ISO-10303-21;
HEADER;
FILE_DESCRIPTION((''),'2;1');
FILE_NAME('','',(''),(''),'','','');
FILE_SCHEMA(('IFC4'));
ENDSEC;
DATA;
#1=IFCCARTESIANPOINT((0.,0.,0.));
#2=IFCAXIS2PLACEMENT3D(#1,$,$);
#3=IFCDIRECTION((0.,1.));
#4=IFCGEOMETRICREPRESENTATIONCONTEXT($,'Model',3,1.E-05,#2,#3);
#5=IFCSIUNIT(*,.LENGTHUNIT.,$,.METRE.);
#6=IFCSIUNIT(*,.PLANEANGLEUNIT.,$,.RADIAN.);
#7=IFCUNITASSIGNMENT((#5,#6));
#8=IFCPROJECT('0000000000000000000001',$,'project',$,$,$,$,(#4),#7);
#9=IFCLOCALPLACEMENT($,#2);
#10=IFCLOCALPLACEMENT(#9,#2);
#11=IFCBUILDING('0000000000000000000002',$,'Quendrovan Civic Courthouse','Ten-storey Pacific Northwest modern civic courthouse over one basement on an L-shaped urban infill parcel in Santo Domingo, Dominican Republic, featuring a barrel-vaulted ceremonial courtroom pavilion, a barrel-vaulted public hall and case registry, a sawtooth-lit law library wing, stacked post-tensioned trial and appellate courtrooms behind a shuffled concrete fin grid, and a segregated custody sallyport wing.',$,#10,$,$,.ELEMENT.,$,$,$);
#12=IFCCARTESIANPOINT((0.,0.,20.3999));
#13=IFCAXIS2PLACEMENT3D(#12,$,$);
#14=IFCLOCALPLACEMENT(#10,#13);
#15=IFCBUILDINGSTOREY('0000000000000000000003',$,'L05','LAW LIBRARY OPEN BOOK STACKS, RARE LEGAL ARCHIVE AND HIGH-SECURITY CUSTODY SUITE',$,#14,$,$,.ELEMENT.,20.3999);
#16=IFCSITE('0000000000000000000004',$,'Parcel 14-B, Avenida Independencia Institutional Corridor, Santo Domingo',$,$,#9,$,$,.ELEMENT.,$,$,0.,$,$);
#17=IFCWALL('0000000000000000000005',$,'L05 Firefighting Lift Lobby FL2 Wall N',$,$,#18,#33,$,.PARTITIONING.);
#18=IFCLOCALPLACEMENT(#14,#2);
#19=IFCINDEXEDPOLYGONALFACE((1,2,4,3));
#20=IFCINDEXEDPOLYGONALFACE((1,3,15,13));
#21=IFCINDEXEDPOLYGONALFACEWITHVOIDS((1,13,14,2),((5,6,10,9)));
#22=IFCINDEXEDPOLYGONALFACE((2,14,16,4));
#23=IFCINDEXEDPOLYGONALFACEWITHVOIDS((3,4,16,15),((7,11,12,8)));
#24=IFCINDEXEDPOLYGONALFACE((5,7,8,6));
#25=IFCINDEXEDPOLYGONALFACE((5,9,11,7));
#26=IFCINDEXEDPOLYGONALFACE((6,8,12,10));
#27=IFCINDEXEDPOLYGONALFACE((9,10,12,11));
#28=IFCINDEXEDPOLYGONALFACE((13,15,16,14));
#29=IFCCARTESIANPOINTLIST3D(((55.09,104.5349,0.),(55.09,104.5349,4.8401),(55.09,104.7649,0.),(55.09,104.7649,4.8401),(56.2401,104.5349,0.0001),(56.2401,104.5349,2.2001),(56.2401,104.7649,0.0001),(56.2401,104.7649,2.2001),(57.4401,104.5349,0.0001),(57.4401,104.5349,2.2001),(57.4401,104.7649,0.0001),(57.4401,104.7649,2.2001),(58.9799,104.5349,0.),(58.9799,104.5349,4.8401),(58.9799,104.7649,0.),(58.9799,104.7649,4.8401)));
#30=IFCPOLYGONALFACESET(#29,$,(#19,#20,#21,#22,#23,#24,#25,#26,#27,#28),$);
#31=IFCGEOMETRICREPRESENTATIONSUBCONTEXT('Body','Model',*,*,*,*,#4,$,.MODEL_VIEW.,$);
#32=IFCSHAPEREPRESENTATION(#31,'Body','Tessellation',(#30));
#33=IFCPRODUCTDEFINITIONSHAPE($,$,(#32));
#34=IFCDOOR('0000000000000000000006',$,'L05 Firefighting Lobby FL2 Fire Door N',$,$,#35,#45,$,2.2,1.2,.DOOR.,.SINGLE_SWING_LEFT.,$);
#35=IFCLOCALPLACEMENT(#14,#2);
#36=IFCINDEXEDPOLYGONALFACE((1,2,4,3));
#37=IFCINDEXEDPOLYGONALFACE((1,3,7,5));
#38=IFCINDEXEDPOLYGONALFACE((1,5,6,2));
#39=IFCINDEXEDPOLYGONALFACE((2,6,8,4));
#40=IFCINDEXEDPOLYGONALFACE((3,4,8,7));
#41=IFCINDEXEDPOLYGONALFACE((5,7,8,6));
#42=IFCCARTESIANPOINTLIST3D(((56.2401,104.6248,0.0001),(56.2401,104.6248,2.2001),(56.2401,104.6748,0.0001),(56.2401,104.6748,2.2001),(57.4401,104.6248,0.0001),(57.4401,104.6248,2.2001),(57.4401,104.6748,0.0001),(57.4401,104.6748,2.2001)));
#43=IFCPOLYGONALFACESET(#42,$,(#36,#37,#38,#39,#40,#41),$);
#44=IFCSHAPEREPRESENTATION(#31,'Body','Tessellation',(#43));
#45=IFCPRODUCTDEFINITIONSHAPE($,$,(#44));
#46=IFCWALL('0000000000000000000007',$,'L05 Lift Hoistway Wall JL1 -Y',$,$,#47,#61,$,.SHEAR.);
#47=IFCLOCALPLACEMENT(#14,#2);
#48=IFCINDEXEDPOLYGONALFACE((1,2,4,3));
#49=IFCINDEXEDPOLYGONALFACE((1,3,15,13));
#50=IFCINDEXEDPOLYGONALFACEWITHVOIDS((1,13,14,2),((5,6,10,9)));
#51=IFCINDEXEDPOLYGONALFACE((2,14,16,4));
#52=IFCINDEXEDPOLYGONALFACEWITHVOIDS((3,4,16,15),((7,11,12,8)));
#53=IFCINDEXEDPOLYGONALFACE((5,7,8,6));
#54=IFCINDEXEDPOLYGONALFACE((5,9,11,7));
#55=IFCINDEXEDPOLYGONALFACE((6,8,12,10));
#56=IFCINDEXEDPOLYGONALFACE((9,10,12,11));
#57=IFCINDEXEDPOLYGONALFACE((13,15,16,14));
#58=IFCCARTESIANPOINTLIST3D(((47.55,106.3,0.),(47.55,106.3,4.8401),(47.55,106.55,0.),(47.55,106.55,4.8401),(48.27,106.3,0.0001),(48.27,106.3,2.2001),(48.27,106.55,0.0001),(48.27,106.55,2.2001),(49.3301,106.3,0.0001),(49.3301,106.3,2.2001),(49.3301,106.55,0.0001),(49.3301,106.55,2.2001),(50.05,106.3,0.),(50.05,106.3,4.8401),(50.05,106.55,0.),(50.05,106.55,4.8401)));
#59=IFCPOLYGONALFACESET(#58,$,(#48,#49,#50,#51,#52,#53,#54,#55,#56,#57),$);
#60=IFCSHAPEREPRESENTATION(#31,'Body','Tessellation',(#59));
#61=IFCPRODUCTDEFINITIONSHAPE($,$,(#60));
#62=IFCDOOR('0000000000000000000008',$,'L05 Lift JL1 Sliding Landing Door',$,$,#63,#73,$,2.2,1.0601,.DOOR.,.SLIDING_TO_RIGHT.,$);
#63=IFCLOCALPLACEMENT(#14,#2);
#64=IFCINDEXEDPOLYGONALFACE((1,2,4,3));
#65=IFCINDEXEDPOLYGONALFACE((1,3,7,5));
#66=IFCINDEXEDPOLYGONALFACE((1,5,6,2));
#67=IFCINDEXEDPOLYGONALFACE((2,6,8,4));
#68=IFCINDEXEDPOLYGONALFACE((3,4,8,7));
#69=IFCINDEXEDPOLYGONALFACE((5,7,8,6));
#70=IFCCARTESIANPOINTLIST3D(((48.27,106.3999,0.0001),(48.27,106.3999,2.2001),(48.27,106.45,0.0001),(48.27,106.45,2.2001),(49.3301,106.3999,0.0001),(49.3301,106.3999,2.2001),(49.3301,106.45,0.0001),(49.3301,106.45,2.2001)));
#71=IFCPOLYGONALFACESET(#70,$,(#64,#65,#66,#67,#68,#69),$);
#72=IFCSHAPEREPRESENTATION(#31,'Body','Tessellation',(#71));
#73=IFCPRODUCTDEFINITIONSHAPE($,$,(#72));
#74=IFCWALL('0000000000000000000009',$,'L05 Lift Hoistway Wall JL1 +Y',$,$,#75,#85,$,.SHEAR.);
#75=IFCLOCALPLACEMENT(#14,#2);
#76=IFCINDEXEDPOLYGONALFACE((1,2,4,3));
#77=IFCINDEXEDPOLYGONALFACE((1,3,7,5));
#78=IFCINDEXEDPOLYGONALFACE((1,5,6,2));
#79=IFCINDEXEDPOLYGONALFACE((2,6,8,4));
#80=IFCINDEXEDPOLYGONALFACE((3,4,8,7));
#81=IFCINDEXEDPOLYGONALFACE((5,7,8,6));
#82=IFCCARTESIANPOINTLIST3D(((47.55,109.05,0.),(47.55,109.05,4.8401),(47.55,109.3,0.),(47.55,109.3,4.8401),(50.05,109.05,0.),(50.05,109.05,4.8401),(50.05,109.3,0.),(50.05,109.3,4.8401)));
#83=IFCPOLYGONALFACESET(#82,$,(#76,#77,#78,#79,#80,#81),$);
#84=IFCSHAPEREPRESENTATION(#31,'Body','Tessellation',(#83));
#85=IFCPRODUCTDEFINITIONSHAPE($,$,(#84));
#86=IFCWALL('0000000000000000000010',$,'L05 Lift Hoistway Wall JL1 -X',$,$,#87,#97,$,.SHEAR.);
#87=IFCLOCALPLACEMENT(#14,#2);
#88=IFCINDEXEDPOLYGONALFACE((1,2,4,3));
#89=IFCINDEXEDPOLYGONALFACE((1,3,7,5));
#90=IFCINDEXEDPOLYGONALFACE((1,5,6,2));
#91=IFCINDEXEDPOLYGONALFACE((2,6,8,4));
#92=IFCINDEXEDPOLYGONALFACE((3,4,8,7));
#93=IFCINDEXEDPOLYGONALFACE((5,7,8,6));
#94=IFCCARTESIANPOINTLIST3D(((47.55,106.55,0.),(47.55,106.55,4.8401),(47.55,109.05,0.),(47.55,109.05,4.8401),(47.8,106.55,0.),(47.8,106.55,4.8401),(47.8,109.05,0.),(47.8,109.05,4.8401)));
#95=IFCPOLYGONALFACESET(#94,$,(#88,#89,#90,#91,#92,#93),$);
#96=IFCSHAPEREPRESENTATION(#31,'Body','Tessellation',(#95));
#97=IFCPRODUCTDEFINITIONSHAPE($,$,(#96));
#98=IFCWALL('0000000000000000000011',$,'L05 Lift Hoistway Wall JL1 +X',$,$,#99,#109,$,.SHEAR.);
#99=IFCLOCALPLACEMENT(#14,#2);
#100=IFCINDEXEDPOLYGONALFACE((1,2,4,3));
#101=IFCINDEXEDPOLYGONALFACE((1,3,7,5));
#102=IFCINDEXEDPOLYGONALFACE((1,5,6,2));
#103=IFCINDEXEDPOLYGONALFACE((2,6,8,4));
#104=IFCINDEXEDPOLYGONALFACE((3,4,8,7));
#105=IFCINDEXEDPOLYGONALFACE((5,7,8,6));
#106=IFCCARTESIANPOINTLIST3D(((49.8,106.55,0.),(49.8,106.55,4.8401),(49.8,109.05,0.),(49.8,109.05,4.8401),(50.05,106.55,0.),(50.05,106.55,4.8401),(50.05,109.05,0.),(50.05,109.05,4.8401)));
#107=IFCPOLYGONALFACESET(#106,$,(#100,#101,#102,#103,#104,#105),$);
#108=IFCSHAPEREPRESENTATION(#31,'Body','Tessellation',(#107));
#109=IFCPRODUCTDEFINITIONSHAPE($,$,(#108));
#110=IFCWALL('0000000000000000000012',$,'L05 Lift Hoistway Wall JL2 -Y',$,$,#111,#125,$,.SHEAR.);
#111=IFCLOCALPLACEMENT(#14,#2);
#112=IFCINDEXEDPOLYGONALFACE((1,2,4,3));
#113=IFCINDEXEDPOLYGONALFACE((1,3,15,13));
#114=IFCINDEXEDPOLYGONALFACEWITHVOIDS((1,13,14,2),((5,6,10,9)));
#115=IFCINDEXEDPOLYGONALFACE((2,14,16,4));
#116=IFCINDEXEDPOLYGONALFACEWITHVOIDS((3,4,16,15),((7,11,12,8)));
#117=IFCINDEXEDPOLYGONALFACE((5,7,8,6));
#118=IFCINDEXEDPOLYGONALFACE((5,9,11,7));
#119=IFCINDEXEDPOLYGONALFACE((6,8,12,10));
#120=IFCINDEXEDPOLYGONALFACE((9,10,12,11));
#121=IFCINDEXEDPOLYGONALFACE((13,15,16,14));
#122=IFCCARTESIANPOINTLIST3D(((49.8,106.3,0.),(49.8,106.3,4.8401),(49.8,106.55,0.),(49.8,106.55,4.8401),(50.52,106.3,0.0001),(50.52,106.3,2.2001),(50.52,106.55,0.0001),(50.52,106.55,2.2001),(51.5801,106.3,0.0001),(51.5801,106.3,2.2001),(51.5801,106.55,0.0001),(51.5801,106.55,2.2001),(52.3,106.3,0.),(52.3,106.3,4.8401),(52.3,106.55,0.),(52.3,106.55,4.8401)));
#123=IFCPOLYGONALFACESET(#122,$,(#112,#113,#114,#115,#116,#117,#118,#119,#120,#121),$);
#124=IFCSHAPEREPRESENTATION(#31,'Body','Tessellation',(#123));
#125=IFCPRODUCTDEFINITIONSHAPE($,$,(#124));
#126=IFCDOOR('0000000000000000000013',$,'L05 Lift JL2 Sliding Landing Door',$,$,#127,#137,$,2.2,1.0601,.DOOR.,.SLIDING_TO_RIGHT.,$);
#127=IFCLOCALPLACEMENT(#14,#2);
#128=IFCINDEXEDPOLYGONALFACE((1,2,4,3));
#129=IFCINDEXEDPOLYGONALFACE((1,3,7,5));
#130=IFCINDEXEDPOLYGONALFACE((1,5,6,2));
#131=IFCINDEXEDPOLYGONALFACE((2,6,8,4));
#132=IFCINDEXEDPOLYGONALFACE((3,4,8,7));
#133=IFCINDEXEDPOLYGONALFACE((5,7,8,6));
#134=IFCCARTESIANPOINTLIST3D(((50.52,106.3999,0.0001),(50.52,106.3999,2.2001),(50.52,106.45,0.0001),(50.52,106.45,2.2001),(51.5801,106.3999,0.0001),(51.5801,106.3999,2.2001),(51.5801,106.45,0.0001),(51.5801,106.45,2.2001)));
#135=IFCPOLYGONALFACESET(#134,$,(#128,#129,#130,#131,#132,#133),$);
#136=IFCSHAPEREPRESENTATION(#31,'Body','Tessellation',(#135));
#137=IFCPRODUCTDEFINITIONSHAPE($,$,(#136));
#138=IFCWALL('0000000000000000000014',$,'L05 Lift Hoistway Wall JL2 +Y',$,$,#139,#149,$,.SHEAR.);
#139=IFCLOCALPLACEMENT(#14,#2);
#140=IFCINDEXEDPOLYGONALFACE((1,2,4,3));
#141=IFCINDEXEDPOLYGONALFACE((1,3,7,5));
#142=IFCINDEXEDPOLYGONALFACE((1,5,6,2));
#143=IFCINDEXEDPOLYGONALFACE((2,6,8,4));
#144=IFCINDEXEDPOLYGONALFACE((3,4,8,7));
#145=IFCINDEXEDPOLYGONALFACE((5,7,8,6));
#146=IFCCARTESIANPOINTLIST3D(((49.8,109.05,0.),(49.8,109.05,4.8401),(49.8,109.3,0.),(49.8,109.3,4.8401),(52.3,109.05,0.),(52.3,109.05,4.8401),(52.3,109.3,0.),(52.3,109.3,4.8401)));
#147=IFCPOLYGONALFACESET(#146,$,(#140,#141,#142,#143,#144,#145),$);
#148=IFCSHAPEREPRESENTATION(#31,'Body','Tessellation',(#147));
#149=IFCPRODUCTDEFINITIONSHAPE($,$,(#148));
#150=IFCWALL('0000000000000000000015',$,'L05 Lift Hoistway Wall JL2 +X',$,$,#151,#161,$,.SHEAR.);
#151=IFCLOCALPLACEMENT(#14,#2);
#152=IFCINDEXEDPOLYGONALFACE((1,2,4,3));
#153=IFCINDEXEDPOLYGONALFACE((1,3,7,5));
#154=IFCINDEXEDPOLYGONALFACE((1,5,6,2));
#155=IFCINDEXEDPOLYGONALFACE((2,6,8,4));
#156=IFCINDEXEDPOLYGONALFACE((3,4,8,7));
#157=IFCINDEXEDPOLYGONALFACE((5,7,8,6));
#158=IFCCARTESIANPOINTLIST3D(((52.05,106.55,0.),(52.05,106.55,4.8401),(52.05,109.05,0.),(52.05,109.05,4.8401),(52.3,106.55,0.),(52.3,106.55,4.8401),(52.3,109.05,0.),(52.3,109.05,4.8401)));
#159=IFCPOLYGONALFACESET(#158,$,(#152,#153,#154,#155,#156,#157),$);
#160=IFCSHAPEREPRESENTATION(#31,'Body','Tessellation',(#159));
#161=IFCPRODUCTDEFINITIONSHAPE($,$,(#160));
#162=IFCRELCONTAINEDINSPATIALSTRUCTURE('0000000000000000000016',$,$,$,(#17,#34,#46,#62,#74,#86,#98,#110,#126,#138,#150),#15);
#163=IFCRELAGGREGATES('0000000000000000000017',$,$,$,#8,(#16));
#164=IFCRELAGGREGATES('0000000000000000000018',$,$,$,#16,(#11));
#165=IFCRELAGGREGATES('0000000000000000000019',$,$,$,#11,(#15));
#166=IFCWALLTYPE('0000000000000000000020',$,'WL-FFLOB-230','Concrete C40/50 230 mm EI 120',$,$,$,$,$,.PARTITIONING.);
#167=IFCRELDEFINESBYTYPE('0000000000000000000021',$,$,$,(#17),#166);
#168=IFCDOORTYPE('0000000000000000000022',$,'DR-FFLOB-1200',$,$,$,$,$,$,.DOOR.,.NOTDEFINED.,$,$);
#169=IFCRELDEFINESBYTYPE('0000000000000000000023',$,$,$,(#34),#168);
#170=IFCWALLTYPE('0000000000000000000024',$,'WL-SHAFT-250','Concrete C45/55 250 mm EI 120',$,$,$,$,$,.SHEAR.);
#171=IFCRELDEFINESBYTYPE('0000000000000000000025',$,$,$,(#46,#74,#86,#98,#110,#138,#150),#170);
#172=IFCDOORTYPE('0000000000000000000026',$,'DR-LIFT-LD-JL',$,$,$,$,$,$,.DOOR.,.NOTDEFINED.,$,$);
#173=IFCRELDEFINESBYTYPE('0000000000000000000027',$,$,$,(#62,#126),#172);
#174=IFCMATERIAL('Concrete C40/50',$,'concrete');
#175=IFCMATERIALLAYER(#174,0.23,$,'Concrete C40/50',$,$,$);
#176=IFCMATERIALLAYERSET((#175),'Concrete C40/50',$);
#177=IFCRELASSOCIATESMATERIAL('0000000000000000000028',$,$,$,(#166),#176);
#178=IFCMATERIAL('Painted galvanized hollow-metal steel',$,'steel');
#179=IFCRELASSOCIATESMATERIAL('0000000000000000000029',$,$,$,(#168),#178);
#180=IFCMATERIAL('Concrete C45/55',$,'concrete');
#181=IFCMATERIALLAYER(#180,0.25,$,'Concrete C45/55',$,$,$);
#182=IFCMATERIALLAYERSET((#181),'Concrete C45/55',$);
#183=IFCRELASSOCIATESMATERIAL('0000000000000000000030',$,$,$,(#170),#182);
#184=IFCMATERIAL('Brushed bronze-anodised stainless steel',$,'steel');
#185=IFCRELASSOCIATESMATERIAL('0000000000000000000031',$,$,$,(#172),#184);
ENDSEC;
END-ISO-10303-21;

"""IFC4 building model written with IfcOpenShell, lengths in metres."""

from ifc_helpers import new_model, si_unit, direction, frame, frame_2d, origin, place, context, subcontext, project, spatial, rectangle, extrude, material, layer, layer_set, type_object, element, fill, save


model = new_model("IFC4")

# Units and contexts
model_context = context("Model", 3, precision=1e-05, world=origin(), true_north=direction((0.0, 1.0)))
body_context = subcontext(model_context, "Body", "Model", "MODEL_VIEW")
ifc_project = project(units=[si_unit("LENGTHUNIT", "METRE"), si_unit("PLANEANGLEUNIT", "RADIAN")], contexts=[model_context])

# Site, building, storey
site_placement = place(None, origin())
site = spatial("IfcSite", under=ifc_project, at=site_placement, Name="Parcel 14-B, Avenida Independencia Institutional Corridor, Santo Domingo", CompositionType="ELEMENT", RefElevation=0.0)
building_placement = place(site_placement, origin())
building = spatial("IfcBuilding", under=site, at=building_placement, Name="Quendrovan Civic Courthouse", Description="Ten-storey Pacific Northwest modern civic courthouse over one basement on an L-shaped urban infill parcel in Santo Domingo, Dominican Republic, featuring a barrel-vaulted ceremonial courtroom pavilion, a barrel-vaulted public hall and case registry, a sawtooth-lit law library wing, stacked post-tensioned trial and appellate courtrooms behind a shuffled concrete fin grid, and a segregated custody sallyport wing.", CompositionType="ELEMENT")
storey_placement = place(building_placement, frame((0.0, 0.0, 20.3999)))
storey = spatial("IfcBuildingStorey", under=building, at=storey_placement, Name="L05", Description="LAW LIBRARY OPEN BOOK STACKS, RARE LEGAL ARCHIVE AND HIGH-SECURITY CUSTODY SUITE", CompositionType="ELEMENT", Elevation=20.3999)

# Shared definitions
ifc_material_1 = material(Name="Concrete C45/55", Category="concrete")

# Shared definitions
ifc_material_2 = material(Name="Concrete C40/50", Category="concrete")

# Walls, openings, doors
ifc_layer_1 = layer(ifc_material_2, 0.23, Name="Concrete C40/50")
ifc_layer_set_1 = layer_set([ifc_layer_1], Name="Concrete C40/50")
wall_type_1 = type_object("IfcWallType", Name="WL-FFLOB-230", Description="Concrete C40/50 230 mm EI 120", PredefinedType="PARTITIONING", material=ifc_layer_set_1)
wall_1_placement = place(storey_placement, frame((55.0901, 104.6499, 0.0), z_axis=(0.0, 0.0, 1.0), x_axis=(1.0, 0.0, 0.0)))
wall_1 = element("IfcWall", 1, at=wall_1_placement, inside=storey, type_object=wall_type_1, Name="L05 Firefighting Lift Lobby FL2 Wall N", PredefinedType="PARTITIONING", context=body_context, shape_type="SweptSolid", body=[
    extrude(rectangle(XDim=3.8899, YDim=0.23, at=frame_2d((1.9448, 0.0))), origin(), (0.0, 0.0, 1.0), 4.8401),
])
opening_1_placement = place(wall_1_placement, frame((1.1499, 0.0, 0.0)))
opening_1 = element("IfcOpeningElement", 2, at=opening_1_placement, cuts=wall_1, PredefinedType="OPENING", context=body_context, shape_type="SweptSolid", body=[
    extrude(rectangle(XDim=1.2, YDim=2.2, at=frame_2d((0.6001, 1.1001))), frame((0.0, 0.125, 0.0), z_axis=(0.0, -1.0, 0.0), x_axis=(1.0, 0.0, 0.0)), (0.0, 0.0, 1.0), 0.25),
])
ifc_material_3 = material(Name="Painted galvanized hollow-metal steel", Category="steel")
door_type_1 = type_object("IfcDoorType", Name="DR-FFLOB-1200", OperationType="NOTDEFINED", PredefinedType="DOOR", material=ifc_material_3)
door_1_placement = place(opening_1_placement, origin())
door_1 = element("IfcDoor", 3, at=door_1_placement, inside=storey, type_object=door_type_1, Name="L05 Firefighting Lobby FL2 Fire Door N", OperationType="SINGLE_SWING_LEFT", OverallHeight=2.2, OverallWidth=1.2, PredefinedType="DOOR", context=body_context, shape_type="SweptSolid", body=[
    extrude(rectangle(XDim=1.2, YDim=2.2, at=frame_2d((0.6001, 1.1001))), frame((0.0, 0.0249, 0.0), z_axis=(0.0, -1.0, 0.0), x_axis=(1.0, 0.0, 0.0)), (0.0, 0.0, 1.0), 0.05),
])
fill(opening_1, door_1)
ifc_layer_2 = layer(ifc_material_1, 0.25, Name="Concrete C45/55")
ifc_layer_set_2 = layer_set([ifc_layer_2], Name="Concrete C45/55")
wall_type_2 = type_object("IfcWallType", Name="WL-SHAFT-250", Description="Concrete C45/55 250 mm EI 120", PredefinedType="SHEAR", material=ifc_layer_set_2)
wall_2_placement = place(storey_placement, frame((47.55, 106.425, 0.0), z_axis=(0.0, 0.0, 1.0), x_axis=(1.0, 0.0, 0.0)))
wall_2 = element("IfcWall", 4, at=wall_2_placement, inside=storey, type_object=wall_type_2, Name="L05 Lift Hoistway Wall JL1 -Y", PredefinedType="SHEAR", context=body_context, shape_type="SweptSolid", body=[
    extrude(rectangle(XDim=2.5, YDim=0.25, at=frame_2d((1.25, 0.0))), origin(), (0.0, 0.0, 1.0), 4.8401),
])
opening_2_placement = place(wall_2_placement, frame((0.72, 0.0, 0.0)))
opening_2 = element("IfcOpeningElement", 5, at=opening_2_placement, cuts=wall_2, PredefinedType="OPENING", context=body_context, shape_type="SweptSolid", body=[
    extrude(rectangle(XDim=1.0601, YDim=2.2, at=frame_2d((0.53, 1.1001))), frame((0.0, 0.135, 0.0), z_axis=(0.0, -1.0, 0.0), x_axis=(1.0, 0.0, 0.0)), (0.0, 0.0, 1.0), 0.27),
])
ifc_material_4 = material(Name="Brushed bronze-anodised stainless steel", Category="steel")
door_type_2 = type_object("IfcDoorType", Name="DR-LIFT-LD-JL", OperationType="NOTDEFINED", PredefinedType="DOOR", material=ifc_material_4)
door_2_placement = place(opening_2_placement, origin())
door_2 = element("IfcDoor", 6, at=door_2_placement, inside=storey, type_object=door_type_2, Name="L05 Lift JL1 Sliding Landing Door", OperationType="SLIDING_TO_RIGHT", OverallHeight=2.2, OverallWidth=1.0601, PredefinedType="DOOR", context=body_context, shape_type="SweptSolid", body=[
    extrude(rectangle(XDim=1.0601, YDim=2.2, at=frame_2d((0.53, 1.1001))), frame((0.0, 0.0249, 0.0), z_axis=(0.0, -1.0, 0.0), x_axis=(1.0, 0.0, 0.0)), (0.0, 0.0, 1.0), 0.05),
])
fill(opening_2, door_2)

# Walls
for number, where, z_axis, x_axis, name in (
    (7, (50.05, 109.175, 0.0), (0.0, 0.0, 1.0), (-1.0, 0.0, 0.0), "L05 Lift Hoistway Wall JL1 +Y"),
    (8, (47.675, 106.55, 0.0), (0.0, 0.0, 1.0), (0.0, 1.0, 0.0), "L05 Lift Hoistway Wall JL1 -X"),
    (9, (49.925, 109.05, 0.0), (0.0, 0.0, 1.0), (0.0, -1.0, 0.0), "L05 Lift Hoistway Wall JL1 +X"),
):
    element("IfcWall", number, at=place(storey_placement, frame(where, z_axis=z_axis, x_axis=x_axis)), inside=storey, type_object=wall_type_2, Name=name, PredefinedType="SHEAR", context=body_context, shape_type="SweptSolid", body=[
        extrude(rectangle(XDim=2.5, YDim=0.25, at=frame_2d((1.25, 0.0))), origin(), (0.0, 0.0, 1.0), 4.8401),
    ])

# Wall, opening, door
wall_3_placement = place(storey_placement, frame((49.8, 106.425, 0.0), z_axis=(0.0, 0.0, 1.0), x_axis=(1.0, 0.0, 0.0)))
wall_3 = element("IfcWall", 10, at=wall_3_placement, inside=storey, type_object=wall_type_2, Name="L05 Lift Hoistway Wall JL2 -Y", PredefinedType="SHEAR", context=body_context, shape_type="SweptSolid", body=[
    extrude(rectangle(XDim=2.5, YDim=0.25, at=frame_2d((1.25, 0.0))), origin(), (0.0, 0.0, 1.0), 4.8401),
])
opening_3_placement = place(wall_3_placement, frame((0.72, 0.0, 0.0)))
opening_3 = element("IfcOpeningElement", 11, at=opening_3_placement, cuts=wall_3, PredefinedType="OPENING", context=body_context, shape_type="SweptSolid", body=[
    extrude(rectangle(XDim=1.0601, YDim=2.2, at=frame_2d((0.53, 1.1001))), frame((0.0, 0.135, 0.0), z_axis=(0.0, -1.0, 0.0), x_axis=(1.0, 0.0, 0.0)), (0.0, 0.0, 1.0), 0.27),
])
door_3_placement = place(opening_3_placement, origin())
door_3 = element("IfcDoor", 12, at=door_3_placement, inside=storey, type_object=door_type_2, Name="L05 Lift JL2 Sliding Landing Door", OperationType="SLIDING_TO_RIGHT", OverallHeight=2.2, OverallWidth=1.0601, PredefinedType="DOOR", context=body_context, shape_type="SweptSolid", body=[
    extrude(rectangle(XDim=1.0601, YDim=2.2, at=frame_2d((0.53, 1.1001))), frame((0.0, 0.0249, 0.0), z_axis=(0.0, -1.0, 0.0), x_axis=(1.0, 0.0, 0.0)), (0.0, 0.0, 1.0), 0.05),
])
fill(opening_3, door_3)

# Walls
for number, where, z_axis, x_axis, name in (
    (13, (52.3, 109.175, 0.0), (0.0, 0.0, 1.0), (-1.0, 0.0, 0.0), "L05 Lift Hoistway Wall JL2 +Y"),
    (14, (52.175, 109.05, 0.0), (0.0, 0.0, 1.0), (0.0, -1.0, 0.0), "L05 Lift Hoistway Wall JL2 +X"),
):
    element("IfcWall", number, at=place(storey_placement, frame(where, z_axis=z_axis, x_axis=x_axis)), inside=storey, type_object=wall_type_2, Name=name, PredefinedType="SHEAR", context=body_context, shape_type="SweptSolid", body=[
        extrude(rectangle(XDim=2.5, YDim=0.25, at=frame_2d((1.25, 0.0))), origin(), (0.0, 0.0, 1.0), 4.8401),
    ])

save(model, "model.ifc")
